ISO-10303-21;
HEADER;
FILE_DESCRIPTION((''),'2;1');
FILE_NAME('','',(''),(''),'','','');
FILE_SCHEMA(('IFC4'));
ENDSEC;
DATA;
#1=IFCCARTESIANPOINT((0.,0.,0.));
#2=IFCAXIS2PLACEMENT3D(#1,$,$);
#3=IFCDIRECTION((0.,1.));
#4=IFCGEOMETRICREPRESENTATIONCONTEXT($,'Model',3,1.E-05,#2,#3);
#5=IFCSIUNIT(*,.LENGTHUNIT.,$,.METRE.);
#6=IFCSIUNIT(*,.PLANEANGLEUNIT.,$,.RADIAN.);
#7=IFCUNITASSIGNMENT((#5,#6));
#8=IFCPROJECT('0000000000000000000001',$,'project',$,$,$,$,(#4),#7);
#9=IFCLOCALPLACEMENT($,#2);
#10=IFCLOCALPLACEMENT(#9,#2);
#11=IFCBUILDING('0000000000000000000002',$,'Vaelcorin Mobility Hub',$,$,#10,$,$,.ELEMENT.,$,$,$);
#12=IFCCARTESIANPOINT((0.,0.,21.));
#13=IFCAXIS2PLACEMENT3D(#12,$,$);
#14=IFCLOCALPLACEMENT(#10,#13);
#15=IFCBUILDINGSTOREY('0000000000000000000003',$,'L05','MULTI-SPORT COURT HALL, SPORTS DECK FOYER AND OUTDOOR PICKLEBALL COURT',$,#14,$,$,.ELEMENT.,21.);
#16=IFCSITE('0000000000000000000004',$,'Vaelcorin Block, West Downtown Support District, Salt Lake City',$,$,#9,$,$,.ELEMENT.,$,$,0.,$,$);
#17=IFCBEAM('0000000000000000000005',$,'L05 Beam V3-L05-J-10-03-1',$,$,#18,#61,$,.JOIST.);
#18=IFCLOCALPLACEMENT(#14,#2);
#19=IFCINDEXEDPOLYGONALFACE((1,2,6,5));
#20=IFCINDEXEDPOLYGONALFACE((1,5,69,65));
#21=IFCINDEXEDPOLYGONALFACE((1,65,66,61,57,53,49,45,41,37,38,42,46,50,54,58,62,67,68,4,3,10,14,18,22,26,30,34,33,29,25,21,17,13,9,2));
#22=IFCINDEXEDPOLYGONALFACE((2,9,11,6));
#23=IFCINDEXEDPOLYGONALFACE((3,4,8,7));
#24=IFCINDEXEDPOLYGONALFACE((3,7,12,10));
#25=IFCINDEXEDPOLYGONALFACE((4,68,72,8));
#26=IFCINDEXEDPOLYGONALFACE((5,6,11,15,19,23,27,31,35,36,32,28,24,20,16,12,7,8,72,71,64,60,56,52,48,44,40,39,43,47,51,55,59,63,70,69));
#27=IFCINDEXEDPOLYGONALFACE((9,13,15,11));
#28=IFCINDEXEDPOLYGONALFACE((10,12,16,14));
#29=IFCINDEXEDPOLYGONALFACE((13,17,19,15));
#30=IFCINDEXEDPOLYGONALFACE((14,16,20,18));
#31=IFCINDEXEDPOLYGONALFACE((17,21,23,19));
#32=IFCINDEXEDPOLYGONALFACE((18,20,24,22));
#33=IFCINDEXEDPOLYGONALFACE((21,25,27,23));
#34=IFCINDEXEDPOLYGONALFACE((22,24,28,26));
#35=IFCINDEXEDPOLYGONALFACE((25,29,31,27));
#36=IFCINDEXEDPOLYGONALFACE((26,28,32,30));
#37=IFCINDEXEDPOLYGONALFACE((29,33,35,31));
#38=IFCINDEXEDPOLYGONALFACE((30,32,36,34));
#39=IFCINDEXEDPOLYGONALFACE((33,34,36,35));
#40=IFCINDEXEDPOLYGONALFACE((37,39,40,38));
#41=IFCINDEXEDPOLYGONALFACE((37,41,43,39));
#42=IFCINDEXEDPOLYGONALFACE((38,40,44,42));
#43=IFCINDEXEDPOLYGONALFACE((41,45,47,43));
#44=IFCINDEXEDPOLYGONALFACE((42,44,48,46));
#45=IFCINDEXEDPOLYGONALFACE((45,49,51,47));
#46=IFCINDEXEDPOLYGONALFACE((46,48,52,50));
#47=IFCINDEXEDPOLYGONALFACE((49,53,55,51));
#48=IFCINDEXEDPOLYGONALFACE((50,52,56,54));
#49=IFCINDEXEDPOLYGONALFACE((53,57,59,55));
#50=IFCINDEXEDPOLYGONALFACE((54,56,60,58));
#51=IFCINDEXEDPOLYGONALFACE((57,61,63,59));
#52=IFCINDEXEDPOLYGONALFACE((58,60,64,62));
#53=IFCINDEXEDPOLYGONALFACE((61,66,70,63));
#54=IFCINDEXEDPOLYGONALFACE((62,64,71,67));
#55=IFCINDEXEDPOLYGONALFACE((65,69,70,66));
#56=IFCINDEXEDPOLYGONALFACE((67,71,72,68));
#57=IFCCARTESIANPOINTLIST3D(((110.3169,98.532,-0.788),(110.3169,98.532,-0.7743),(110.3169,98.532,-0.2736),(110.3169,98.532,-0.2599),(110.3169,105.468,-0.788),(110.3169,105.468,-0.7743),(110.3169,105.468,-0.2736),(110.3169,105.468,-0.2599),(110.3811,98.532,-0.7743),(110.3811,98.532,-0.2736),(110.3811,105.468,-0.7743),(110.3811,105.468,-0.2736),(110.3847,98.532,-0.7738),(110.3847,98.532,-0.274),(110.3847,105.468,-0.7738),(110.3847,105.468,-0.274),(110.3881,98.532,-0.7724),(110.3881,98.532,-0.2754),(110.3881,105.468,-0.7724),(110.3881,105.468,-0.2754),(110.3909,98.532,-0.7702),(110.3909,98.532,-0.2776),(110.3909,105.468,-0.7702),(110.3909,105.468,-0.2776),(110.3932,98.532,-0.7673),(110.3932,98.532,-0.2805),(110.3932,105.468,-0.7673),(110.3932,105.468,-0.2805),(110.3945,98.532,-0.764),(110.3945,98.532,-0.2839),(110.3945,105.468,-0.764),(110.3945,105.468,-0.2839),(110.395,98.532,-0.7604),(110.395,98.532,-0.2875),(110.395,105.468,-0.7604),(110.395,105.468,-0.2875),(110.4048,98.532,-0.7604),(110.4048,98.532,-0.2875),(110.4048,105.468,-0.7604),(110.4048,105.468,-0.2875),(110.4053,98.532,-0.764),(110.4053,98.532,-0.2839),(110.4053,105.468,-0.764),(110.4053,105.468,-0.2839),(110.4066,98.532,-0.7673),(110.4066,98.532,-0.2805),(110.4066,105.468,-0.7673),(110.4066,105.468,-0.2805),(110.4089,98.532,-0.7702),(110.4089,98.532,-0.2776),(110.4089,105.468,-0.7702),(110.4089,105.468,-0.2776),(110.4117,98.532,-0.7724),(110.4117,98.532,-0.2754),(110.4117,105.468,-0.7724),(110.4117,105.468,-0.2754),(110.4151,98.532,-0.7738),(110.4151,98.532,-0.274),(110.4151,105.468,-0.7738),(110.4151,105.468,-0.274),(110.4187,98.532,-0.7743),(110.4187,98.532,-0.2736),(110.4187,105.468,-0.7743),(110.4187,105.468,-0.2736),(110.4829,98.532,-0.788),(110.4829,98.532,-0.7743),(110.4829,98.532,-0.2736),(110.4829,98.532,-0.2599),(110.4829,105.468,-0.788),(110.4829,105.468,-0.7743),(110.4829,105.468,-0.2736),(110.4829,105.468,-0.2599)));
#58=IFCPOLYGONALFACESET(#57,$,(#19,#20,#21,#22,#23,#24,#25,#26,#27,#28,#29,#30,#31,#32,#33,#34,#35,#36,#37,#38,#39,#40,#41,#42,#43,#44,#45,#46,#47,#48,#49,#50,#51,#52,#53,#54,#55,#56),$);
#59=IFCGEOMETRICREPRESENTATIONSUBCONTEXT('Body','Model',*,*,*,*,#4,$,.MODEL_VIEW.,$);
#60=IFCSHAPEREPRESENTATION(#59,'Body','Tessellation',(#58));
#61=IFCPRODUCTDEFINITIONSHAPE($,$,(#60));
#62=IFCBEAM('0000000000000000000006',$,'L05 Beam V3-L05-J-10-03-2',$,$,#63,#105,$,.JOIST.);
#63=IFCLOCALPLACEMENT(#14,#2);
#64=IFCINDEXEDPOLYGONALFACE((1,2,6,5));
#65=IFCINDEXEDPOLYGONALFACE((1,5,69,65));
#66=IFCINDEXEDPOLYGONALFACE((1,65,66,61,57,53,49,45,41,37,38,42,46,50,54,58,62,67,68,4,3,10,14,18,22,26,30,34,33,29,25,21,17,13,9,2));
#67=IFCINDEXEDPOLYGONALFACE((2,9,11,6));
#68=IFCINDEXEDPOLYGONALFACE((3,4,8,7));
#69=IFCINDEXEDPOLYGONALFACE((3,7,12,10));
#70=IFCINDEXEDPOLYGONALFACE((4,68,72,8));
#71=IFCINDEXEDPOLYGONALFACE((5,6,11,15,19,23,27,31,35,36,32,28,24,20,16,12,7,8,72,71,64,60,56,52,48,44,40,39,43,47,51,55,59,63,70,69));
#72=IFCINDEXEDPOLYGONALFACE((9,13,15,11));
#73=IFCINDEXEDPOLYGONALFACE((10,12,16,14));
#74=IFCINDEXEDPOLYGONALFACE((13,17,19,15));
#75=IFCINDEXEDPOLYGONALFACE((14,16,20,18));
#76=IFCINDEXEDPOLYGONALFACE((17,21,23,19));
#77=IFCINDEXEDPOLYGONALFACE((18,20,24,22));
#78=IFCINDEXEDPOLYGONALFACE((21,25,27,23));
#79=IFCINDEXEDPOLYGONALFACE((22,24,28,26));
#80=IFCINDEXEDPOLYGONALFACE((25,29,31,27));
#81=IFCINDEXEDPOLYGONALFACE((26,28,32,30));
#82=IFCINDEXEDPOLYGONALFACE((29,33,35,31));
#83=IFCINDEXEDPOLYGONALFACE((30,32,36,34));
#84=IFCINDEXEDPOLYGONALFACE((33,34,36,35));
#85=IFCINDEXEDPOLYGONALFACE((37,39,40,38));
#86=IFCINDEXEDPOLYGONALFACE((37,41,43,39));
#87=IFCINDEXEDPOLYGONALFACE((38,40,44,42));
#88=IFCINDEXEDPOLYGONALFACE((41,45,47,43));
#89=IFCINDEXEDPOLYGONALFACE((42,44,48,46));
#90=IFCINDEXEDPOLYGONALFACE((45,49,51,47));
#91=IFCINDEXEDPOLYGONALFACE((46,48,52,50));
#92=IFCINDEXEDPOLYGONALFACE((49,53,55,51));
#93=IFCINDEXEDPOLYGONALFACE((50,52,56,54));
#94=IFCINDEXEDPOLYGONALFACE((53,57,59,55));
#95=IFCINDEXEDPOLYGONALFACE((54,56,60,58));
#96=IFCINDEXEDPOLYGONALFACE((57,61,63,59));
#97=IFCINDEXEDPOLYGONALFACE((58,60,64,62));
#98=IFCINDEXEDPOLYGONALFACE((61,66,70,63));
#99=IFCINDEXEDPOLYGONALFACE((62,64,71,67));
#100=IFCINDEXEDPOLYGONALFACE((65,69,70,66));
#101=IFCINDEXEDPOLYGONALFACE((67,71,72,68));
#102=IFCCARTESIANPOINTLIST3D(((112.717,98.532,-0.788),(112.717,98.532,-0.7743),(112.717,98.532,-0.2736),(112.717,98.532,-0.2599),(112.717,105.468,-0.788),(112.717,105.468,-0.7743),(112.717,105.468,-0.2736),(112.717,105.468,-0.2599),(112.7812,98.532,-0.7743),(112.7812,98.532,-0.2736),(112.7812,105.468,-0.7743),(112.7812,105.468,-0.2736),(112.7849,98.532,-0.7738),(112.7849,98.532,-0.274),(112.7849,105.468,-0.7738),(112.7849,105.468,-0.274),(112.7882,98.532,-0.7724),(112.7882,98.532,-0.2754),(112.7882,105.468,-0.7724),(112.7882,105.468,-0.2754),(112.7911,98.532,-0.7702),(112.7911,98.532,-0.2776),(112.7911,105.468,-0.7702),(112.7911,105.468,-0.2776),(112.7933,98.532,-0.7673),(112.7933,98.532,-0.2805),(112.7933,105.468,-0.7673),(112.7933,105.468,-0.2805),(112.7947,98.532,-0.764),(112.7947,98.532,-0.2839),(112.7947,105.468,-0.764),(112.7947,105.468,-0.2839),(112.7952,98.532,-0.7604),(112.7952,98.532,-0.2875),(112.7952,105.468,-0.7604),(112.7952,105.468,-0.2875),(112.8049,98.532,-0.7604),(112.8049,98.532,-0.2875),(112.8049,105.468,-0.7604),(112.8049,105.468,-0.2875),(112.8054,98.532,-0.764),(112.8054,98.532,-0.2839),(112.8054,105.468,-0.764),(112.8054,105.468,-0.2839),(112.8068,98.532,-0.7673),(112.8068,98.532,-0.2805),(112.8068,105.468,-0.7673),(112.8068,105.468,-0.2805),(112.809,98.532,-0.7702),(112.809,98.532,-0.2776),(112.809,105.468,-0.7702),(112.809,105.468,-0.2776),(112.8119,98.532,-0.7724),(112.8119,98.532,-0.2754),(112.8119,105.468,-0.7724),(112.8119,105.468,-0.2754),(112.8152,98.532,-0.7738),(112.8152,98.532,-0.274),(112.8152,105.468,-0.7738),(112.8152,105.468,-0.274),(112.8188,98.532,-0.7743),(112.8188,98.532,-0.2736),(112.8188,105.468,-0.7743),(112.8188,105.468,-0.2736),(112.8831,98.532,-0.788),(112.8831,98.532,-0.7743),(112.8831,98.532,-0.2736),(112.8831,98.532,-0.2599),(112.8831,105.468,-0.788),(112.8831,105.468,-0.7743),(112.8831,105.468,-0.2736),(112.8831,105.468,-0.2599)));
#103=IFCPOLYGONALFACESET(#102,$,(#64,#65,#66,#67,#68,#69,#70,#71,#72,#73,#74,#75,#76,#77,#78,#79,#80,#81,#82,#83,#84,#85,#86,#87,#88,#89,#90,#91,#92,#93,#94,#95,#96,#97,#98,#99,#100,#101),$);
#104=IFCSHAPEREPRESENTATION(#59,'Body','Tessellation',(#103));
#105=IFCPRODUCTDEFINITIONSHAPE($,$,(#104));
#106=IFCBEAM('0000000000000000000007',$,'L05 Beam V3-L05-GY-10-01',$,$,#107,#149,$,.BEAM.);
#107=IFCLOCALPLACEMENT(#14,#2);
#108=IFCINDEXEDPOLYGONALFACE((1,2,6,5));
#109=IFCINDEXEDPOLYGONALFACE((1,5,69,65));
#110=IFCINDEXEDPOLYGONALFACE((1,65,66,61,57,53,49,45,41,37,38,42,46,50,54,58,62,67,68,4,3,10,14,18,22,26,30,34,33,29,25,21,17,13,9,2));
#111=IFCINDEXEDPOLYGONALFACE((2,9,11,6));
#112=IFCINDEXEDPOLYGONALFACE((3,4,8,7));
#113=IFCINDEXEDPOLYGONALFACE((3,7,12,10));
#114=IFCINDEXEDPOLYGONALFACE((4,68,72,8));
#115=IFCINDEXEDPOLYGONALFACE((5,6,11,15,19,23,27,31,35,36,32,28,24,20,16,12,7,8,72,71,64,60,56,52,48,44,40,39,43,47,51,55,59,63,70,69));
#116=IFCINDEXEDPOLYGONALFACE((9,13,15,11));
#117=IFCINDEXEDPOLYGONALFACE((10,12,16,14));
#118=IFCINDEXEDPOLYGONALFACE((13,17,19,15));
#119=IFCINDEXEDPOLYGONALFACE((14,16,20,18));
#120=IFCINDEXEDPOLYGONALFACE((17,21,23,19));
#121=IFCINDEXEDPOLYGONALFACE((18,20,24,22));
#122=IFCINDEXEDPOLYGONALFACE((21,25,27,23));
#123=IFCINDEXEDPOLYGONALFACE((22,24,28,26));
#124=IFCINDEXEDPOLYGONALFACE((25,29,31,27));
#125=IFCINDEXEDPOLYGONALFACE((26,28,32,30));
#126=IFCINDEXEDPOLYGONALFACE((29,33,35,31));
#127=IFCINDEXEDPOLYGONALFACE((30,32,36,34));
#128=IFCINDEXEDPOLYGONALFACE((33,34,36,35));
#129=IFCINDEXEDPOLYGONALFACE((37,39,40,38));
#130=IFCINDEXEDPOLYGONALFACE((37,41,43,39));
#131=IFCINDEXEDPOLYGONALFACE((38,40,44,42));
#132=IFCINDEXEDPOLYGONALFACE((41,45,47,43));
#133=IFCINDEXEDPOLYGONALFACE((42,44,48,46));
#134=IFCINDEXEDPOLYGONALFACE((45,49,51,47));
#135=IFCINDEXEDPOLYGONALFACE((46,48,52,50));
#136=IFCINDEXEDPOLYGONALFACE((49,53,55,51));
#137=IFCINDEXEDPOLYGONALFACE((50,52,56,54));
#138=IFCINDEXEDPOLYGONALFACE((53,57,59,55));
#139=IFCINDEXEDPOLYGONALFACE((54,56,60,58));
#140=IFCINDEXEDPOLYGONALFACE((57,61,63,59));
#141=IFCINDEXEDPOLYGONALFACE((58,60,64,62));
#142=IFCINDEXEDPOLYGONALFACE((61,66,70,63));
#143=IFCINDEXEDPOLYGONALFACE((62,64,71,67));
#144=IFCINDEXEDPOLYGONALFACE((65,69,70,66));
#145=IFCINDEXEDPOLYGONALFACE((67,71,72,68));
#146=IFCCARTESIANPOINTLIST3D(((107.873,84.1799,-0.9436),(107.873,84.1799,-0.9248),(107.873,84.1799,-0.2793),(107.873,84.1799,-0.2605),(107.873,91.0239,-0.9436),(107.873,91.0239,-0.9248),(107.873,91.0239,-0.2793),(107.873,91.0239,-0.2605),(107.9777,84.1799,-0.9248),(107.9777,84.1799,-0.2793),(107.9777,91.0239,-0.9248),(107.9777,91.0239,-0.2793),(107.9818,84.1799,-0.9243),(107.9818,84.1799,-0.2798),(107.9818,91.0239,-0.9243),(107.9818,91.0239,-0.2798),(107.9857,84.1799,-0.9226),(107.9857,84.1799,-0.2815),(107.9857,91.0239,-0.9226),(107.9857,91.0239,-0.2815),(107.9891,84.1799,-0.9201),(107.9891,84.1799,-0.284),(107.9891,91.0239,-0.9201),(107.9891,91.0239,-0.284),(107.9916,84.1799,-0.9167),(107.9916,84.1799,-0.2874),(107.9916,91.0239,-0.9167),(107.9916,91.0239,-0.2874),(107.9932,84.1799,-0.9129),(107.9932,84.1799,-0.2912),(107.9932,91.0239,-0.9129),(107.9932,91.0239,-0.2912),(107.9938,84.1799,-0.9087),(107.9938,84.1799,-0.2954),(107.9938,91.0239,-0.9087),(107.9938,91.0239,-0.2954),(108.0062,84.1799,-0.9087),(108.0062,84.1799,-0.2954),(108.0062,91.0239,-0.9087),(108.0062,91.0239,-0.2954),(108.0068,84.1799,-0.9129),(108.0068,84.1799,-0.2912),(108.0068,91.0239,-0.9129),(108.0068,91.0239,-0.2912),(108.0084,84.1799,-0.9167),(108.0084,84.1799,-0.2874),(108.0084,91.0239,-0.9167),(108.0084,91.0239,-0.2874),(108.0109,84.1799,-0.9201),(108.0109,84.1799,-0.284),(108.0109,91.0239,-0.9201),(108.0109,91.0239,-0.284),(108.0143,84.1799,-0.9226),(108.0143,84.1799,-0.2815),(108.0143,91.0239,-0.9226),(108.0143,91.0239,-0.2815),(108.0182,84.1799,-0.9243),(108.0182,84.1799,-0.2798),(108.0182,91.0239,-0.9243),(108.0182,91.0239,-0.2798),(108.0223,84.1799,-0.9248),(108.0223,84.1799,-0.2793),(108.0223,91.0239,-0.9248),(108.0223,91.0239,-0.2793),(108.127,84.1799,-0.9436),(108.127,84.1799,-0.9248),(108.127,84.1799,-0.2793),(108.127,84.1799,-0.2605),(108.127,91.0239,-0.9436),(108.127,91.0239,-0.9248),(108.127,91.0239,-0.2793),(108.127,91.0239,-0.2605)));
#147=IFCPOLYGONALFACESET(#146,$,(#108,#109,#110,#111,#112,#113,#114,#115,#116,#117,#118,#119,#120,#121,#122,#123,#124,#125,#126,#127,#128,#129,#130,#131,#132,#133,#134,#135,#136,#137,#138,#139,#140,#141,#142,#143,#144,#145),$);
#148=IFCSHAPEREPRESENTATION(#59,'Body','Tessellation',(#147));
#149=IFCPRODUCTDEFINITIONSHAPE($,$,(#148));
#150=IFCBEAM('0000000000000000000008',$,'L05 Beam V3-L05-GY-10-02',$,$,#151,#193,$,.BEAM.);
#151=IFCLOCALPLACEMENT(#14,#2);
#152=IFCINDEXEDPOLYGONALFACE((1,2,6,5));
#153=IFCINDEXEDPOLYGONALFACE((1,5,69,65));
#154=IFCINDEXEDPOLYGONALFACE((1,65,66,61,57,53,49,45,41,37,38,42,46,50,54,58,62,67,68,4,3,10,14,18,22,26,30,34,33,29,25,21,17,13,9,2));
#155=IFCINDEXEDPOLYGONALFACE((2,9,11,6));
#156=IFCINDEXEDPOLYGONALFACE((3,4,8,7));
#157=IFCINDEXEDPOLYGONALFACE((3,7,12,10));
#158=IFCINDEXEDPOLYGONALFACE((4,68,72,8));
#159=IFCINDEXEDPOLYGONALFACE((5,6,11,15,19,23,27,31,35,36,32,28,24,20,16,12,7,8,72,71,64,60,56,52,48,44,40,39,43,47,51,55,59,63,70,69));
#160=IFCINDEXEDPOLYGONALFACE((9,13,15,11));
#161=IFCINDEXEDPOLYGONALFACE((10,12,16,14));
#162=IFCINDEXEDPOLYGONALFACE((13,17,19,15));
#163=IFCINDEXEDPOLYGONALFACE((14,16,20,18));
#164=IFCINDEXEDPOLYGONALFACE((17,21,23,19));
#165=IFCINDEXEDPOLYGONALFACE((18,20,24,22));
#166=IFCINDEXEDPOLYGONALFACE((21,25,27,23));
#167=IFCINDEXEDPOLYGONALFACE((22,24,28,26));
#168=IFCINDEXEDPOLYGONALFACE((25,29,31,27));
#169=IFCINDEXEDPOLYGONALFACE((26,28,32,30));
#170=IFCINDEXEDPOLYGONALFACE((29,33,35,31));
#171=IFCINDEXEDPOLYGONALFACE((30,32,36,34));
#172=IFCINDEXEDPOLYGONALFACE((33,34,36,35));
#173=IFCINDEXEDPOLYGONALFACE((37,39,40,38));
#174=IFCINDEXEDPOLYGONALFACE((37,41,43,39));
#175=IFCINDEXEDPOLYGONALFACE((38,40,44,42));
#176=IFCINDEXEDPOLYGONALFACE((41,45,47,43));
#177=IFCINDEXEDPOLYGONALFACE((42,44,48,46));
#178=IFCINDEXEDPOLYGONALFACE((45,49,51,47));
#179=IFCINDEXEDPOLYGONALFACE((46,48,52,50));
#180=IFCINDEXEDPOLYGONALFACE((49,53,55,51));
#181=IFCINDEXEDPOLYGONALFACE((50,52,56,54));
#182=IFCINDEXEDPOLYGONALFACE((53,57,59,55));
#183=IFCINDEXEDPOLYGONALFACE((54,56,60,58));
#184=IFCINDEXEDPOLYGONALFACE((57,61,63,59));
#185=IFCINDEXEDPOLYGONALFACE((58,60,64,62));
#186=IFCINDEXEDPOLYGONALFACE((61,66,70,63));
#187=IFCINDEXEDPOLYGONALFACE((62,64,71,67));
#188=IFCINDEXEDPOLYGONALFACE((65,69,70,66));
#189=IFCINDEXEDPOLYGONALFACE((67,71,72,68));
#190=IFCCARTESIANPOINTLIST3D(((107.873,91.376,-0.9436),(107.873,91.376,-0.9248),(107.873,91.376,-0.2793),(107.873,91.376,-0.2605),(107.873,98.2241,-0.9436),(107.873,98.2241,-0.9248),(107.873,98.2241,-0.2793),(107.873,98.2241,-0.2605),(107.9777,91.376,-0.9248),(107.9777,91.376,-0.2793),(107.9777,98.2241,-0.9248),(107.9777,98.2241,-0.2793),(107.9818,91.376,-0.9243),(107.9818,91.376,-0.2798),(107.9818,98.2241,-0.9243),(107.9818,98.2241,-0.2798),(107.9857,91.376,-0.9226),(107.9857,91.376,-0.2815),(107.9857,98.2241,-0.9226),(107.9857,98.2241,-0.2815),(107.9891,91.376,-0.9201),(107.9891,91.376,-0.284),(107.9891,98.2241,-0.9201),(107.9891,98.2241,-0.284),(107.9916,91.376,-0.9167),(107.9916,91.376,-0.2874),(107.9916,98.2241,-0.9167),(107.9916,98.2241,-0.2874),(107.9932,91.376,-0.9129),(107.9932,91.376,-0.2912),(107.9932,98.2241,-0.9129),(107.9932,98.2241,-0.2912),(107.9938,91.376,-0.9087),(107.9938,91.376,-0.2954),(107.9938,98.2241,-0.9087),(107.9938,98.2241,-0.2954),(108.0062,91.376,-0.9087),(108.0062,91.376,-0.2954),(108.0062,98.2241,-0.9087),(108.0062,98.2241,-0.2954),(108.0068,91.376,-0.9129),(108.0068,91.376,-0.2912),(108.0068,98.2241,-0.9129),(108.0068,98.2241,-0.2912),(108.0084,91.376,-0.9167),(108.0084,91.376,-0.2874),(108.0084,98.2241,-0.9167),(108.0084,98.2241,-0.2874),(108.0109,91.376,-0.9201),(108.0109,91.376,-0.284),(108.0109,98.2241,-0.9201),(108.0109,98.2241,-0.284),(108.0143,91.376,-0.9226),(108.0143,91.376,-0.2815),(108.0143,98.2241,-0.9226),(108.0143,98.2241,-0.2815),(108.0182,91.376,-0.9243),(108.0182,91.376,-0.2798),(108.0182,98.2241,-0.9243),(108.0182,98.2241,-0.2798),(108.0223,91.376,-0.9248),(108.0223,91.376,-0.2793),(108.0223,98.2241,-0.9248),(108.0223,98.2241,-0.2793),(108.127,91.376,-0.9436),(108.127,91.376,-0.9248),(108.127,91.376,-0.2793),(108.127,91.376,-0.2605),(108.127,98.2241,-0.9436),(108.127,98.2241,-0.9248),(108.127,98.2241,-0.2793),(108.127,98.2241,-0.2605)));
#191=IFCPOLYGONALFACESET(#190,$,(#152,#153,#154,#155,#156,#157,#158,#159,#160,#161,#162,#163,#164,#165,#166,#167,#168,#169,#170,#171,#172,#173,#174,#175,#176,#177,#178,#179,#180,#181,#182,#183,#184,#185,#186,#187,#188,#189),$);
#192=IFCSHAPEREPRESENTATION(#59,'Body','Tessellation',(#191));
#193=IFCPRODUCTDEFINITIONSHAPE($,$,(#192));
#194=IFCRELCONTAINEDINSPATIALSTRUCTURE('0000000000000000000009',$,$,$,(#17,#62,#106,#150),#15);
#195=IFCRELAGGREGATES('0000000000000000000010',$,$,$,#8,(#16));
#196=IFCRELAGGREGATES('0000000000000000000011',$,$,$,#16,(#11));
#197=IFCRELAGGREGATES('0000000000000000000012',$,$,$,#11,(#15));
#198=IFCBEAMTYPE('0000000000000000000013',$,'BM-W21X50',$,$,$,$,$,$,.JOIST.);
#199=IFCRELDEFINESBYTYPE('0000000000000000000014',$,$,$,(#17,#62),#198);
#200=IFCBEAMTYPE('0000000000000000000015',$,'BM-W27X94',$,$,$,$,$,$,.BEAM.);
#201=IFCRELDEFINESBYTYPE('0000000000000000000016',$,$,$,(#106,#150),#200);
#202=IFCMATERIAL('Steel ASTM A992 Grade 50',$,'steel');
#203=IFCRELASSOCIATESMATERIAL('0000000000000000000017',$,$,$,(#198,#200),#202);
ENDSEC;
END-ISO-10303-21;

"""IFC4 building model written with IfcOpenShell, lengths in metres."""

from ifc_helpers import new_model, si_unit, direction, frame, origin, origin_2d, place, context, subcontext, project, spatial, i_section, extrude, material, material_profile, profile_set, type_object, element, save


model = new_model("IFC4")

# Units and contexts
model_context = context("Model", 3, precision=1e-05, world=origin(), true_north=direction((0.0, 1.0)))
body_context = subcontext(model_context, "Body", "Model", "MODEL_VIEW")
ifc_project = project(units=[si_unit("LENGTHUNIT", "METRE"), si_unit("PLANEANGLEUNIT", "RADIAN")], contexts=[model_context])

# Site, building, storey
site_placement = place(None, origin())
site = spatial("IfcSite", under=ifc_project, at=site_placement, Name="Vaelcorin Block, West Downtown Support District, Salt Lake City", CompositionType="ELEMENT", RefElevation=0.0)
building_placement = place(site_placement, origin())
building = spatial("IfcBuilding", under=site, at=building_placement, Name="Vaelcorin Mobility Hub", CompositionType="ELEMENT")
storey_placement = place(building_placement, frame((0.0, 0.0, 21.0)))
storey = spatial("IfcBuildingStorey", under=building, at=storey_placement, Name="L05", Description="MULTI-SPORT COURT HALL, SPORTS DECK FOYER AND OUTDOOR PICKLEBALL COURT", CompositionType="ELEMENT", Elevation=21.0)

# Shared definitions
ifc_material_1 = material(Name="Steel ASTM A992 Grade 50", Category="steel")

# Beams
ifc_material_profile_1 = material_profile(ifc_material_1, i_section(OverallWidth=0.166, OverallDepth=0.5281, WebThickness=0.0098, FlangeThickness=0.0137, FilletRadius=0.0139, at=origin_2d()), Name="W21X50")
ifc_profile_set_1 = profile_set([ifc_material_profile_1], Name="Steel ASTM A992 Grade 50")
beam_type_1 = type_object("IfcBeamType", Name="BM-W21X50", PredefinedType="JOIST", material=ifc_profile_set_1)
for number, where, z_axis, x_axis, name in (
    (1, (110.3999, 98.532, -0.5239), (0.0, 1.0, 0.0), (-1.0, 0.0, 0.0), "L05 Beam V3-L05-J-10-03-1"),
    (2, (112.8, 98.532, -0.5239), (0.0, 1.0, 0.0), (-1.0, 0.0, 0.0), "L05 Beam V3-L05-J-10-03-2"),
):
    element("IfcBeam", number, at=place(storey_placement, frame(where, z_axis=z_axis, x_axis=x_axis)), inside=storey, type_object=beam_type_1, Name=name, PredefinedType="JOIST", context=body_context, shape_type="SweptSolid", body=[
        extrude(i_section(OverallWidth=0.166, OverallDepth=0.5281, WebThickness=0.0098, FlangeThickness=0.0137, FilletRadius=0.0139, at=origin_2d()), origin(), (0.0, 0.0, 1.0), 6.936),
    ])
ifc_material_profile_2 = material_profile(ifc_material_1, i_section(OverallWidth=0.2539, OverallDepth=0.6831, WebThickness=0.0125, FlangeThickness=0.0188, FilletRadius=0.0161, at=origin_2d()), Name="W27X94")
ifc_profile_set_2 = profile_set([ifc_material_profile_2], Name="Steel ASTM A992 Grade 50")
beam_type_2 = type_object("IfcBeamType", Name="BM-W27X94", PredefinedType="BEAM", material=ifc_profile_set_2)
beam_1_placement = place(storey_placement, frame((108.0, 84.1799, -0.6021), z_axis=(0.0, 1.0, 0.0), x_axis=(-1.0, 0.0, 0.0)))
element("IfcBeam", 3, at=beam_1_placement, inside=storey, type_object=beam_type_2, Name="L05 Beam V3-L05-GY-10-01", PredefinedType="BEAM", context=body_context, shape_type="SweptSolid", body=[
    extrude(i_section(OverallWidth=0.2539, OverallDepth=0.6831, WebThickness=0.0125, FlangeThickness=0.0188, FilletRadius=0.0161, at=origin_2d()), origin(), (0.0, 0.0, 1.0), 6.844),
])
for number, where, z_axis, x_axis, name in (
    (4, (108.0, 91.376, -0.6021), (0.0, 1.0, 0.0), (-1.0, 0.0, 0.0), "L05 Beam V3-L05-GY-10-02"),
):
    element("IfcBeam", number, at=place(storey_placement, frame(where, z_axis=z_axis, x_axis=x_axis)), inside=storey, type_object=beam_type_2, Name=name, PredefinedType="BEAM", context=body_context, shape_type="SweptSolid", body=[
        extrude(i_section(OverallWidth=0.2539, OverallDepth=0.6831, WebThickness=0.0125, FlangeThickness=0.0188, FilletRadius=0.0161, at=origin_2d()), origin(), (0.0, 0.0, 1.0), 6.8481),
    ])

save(model, "model.ifc")
